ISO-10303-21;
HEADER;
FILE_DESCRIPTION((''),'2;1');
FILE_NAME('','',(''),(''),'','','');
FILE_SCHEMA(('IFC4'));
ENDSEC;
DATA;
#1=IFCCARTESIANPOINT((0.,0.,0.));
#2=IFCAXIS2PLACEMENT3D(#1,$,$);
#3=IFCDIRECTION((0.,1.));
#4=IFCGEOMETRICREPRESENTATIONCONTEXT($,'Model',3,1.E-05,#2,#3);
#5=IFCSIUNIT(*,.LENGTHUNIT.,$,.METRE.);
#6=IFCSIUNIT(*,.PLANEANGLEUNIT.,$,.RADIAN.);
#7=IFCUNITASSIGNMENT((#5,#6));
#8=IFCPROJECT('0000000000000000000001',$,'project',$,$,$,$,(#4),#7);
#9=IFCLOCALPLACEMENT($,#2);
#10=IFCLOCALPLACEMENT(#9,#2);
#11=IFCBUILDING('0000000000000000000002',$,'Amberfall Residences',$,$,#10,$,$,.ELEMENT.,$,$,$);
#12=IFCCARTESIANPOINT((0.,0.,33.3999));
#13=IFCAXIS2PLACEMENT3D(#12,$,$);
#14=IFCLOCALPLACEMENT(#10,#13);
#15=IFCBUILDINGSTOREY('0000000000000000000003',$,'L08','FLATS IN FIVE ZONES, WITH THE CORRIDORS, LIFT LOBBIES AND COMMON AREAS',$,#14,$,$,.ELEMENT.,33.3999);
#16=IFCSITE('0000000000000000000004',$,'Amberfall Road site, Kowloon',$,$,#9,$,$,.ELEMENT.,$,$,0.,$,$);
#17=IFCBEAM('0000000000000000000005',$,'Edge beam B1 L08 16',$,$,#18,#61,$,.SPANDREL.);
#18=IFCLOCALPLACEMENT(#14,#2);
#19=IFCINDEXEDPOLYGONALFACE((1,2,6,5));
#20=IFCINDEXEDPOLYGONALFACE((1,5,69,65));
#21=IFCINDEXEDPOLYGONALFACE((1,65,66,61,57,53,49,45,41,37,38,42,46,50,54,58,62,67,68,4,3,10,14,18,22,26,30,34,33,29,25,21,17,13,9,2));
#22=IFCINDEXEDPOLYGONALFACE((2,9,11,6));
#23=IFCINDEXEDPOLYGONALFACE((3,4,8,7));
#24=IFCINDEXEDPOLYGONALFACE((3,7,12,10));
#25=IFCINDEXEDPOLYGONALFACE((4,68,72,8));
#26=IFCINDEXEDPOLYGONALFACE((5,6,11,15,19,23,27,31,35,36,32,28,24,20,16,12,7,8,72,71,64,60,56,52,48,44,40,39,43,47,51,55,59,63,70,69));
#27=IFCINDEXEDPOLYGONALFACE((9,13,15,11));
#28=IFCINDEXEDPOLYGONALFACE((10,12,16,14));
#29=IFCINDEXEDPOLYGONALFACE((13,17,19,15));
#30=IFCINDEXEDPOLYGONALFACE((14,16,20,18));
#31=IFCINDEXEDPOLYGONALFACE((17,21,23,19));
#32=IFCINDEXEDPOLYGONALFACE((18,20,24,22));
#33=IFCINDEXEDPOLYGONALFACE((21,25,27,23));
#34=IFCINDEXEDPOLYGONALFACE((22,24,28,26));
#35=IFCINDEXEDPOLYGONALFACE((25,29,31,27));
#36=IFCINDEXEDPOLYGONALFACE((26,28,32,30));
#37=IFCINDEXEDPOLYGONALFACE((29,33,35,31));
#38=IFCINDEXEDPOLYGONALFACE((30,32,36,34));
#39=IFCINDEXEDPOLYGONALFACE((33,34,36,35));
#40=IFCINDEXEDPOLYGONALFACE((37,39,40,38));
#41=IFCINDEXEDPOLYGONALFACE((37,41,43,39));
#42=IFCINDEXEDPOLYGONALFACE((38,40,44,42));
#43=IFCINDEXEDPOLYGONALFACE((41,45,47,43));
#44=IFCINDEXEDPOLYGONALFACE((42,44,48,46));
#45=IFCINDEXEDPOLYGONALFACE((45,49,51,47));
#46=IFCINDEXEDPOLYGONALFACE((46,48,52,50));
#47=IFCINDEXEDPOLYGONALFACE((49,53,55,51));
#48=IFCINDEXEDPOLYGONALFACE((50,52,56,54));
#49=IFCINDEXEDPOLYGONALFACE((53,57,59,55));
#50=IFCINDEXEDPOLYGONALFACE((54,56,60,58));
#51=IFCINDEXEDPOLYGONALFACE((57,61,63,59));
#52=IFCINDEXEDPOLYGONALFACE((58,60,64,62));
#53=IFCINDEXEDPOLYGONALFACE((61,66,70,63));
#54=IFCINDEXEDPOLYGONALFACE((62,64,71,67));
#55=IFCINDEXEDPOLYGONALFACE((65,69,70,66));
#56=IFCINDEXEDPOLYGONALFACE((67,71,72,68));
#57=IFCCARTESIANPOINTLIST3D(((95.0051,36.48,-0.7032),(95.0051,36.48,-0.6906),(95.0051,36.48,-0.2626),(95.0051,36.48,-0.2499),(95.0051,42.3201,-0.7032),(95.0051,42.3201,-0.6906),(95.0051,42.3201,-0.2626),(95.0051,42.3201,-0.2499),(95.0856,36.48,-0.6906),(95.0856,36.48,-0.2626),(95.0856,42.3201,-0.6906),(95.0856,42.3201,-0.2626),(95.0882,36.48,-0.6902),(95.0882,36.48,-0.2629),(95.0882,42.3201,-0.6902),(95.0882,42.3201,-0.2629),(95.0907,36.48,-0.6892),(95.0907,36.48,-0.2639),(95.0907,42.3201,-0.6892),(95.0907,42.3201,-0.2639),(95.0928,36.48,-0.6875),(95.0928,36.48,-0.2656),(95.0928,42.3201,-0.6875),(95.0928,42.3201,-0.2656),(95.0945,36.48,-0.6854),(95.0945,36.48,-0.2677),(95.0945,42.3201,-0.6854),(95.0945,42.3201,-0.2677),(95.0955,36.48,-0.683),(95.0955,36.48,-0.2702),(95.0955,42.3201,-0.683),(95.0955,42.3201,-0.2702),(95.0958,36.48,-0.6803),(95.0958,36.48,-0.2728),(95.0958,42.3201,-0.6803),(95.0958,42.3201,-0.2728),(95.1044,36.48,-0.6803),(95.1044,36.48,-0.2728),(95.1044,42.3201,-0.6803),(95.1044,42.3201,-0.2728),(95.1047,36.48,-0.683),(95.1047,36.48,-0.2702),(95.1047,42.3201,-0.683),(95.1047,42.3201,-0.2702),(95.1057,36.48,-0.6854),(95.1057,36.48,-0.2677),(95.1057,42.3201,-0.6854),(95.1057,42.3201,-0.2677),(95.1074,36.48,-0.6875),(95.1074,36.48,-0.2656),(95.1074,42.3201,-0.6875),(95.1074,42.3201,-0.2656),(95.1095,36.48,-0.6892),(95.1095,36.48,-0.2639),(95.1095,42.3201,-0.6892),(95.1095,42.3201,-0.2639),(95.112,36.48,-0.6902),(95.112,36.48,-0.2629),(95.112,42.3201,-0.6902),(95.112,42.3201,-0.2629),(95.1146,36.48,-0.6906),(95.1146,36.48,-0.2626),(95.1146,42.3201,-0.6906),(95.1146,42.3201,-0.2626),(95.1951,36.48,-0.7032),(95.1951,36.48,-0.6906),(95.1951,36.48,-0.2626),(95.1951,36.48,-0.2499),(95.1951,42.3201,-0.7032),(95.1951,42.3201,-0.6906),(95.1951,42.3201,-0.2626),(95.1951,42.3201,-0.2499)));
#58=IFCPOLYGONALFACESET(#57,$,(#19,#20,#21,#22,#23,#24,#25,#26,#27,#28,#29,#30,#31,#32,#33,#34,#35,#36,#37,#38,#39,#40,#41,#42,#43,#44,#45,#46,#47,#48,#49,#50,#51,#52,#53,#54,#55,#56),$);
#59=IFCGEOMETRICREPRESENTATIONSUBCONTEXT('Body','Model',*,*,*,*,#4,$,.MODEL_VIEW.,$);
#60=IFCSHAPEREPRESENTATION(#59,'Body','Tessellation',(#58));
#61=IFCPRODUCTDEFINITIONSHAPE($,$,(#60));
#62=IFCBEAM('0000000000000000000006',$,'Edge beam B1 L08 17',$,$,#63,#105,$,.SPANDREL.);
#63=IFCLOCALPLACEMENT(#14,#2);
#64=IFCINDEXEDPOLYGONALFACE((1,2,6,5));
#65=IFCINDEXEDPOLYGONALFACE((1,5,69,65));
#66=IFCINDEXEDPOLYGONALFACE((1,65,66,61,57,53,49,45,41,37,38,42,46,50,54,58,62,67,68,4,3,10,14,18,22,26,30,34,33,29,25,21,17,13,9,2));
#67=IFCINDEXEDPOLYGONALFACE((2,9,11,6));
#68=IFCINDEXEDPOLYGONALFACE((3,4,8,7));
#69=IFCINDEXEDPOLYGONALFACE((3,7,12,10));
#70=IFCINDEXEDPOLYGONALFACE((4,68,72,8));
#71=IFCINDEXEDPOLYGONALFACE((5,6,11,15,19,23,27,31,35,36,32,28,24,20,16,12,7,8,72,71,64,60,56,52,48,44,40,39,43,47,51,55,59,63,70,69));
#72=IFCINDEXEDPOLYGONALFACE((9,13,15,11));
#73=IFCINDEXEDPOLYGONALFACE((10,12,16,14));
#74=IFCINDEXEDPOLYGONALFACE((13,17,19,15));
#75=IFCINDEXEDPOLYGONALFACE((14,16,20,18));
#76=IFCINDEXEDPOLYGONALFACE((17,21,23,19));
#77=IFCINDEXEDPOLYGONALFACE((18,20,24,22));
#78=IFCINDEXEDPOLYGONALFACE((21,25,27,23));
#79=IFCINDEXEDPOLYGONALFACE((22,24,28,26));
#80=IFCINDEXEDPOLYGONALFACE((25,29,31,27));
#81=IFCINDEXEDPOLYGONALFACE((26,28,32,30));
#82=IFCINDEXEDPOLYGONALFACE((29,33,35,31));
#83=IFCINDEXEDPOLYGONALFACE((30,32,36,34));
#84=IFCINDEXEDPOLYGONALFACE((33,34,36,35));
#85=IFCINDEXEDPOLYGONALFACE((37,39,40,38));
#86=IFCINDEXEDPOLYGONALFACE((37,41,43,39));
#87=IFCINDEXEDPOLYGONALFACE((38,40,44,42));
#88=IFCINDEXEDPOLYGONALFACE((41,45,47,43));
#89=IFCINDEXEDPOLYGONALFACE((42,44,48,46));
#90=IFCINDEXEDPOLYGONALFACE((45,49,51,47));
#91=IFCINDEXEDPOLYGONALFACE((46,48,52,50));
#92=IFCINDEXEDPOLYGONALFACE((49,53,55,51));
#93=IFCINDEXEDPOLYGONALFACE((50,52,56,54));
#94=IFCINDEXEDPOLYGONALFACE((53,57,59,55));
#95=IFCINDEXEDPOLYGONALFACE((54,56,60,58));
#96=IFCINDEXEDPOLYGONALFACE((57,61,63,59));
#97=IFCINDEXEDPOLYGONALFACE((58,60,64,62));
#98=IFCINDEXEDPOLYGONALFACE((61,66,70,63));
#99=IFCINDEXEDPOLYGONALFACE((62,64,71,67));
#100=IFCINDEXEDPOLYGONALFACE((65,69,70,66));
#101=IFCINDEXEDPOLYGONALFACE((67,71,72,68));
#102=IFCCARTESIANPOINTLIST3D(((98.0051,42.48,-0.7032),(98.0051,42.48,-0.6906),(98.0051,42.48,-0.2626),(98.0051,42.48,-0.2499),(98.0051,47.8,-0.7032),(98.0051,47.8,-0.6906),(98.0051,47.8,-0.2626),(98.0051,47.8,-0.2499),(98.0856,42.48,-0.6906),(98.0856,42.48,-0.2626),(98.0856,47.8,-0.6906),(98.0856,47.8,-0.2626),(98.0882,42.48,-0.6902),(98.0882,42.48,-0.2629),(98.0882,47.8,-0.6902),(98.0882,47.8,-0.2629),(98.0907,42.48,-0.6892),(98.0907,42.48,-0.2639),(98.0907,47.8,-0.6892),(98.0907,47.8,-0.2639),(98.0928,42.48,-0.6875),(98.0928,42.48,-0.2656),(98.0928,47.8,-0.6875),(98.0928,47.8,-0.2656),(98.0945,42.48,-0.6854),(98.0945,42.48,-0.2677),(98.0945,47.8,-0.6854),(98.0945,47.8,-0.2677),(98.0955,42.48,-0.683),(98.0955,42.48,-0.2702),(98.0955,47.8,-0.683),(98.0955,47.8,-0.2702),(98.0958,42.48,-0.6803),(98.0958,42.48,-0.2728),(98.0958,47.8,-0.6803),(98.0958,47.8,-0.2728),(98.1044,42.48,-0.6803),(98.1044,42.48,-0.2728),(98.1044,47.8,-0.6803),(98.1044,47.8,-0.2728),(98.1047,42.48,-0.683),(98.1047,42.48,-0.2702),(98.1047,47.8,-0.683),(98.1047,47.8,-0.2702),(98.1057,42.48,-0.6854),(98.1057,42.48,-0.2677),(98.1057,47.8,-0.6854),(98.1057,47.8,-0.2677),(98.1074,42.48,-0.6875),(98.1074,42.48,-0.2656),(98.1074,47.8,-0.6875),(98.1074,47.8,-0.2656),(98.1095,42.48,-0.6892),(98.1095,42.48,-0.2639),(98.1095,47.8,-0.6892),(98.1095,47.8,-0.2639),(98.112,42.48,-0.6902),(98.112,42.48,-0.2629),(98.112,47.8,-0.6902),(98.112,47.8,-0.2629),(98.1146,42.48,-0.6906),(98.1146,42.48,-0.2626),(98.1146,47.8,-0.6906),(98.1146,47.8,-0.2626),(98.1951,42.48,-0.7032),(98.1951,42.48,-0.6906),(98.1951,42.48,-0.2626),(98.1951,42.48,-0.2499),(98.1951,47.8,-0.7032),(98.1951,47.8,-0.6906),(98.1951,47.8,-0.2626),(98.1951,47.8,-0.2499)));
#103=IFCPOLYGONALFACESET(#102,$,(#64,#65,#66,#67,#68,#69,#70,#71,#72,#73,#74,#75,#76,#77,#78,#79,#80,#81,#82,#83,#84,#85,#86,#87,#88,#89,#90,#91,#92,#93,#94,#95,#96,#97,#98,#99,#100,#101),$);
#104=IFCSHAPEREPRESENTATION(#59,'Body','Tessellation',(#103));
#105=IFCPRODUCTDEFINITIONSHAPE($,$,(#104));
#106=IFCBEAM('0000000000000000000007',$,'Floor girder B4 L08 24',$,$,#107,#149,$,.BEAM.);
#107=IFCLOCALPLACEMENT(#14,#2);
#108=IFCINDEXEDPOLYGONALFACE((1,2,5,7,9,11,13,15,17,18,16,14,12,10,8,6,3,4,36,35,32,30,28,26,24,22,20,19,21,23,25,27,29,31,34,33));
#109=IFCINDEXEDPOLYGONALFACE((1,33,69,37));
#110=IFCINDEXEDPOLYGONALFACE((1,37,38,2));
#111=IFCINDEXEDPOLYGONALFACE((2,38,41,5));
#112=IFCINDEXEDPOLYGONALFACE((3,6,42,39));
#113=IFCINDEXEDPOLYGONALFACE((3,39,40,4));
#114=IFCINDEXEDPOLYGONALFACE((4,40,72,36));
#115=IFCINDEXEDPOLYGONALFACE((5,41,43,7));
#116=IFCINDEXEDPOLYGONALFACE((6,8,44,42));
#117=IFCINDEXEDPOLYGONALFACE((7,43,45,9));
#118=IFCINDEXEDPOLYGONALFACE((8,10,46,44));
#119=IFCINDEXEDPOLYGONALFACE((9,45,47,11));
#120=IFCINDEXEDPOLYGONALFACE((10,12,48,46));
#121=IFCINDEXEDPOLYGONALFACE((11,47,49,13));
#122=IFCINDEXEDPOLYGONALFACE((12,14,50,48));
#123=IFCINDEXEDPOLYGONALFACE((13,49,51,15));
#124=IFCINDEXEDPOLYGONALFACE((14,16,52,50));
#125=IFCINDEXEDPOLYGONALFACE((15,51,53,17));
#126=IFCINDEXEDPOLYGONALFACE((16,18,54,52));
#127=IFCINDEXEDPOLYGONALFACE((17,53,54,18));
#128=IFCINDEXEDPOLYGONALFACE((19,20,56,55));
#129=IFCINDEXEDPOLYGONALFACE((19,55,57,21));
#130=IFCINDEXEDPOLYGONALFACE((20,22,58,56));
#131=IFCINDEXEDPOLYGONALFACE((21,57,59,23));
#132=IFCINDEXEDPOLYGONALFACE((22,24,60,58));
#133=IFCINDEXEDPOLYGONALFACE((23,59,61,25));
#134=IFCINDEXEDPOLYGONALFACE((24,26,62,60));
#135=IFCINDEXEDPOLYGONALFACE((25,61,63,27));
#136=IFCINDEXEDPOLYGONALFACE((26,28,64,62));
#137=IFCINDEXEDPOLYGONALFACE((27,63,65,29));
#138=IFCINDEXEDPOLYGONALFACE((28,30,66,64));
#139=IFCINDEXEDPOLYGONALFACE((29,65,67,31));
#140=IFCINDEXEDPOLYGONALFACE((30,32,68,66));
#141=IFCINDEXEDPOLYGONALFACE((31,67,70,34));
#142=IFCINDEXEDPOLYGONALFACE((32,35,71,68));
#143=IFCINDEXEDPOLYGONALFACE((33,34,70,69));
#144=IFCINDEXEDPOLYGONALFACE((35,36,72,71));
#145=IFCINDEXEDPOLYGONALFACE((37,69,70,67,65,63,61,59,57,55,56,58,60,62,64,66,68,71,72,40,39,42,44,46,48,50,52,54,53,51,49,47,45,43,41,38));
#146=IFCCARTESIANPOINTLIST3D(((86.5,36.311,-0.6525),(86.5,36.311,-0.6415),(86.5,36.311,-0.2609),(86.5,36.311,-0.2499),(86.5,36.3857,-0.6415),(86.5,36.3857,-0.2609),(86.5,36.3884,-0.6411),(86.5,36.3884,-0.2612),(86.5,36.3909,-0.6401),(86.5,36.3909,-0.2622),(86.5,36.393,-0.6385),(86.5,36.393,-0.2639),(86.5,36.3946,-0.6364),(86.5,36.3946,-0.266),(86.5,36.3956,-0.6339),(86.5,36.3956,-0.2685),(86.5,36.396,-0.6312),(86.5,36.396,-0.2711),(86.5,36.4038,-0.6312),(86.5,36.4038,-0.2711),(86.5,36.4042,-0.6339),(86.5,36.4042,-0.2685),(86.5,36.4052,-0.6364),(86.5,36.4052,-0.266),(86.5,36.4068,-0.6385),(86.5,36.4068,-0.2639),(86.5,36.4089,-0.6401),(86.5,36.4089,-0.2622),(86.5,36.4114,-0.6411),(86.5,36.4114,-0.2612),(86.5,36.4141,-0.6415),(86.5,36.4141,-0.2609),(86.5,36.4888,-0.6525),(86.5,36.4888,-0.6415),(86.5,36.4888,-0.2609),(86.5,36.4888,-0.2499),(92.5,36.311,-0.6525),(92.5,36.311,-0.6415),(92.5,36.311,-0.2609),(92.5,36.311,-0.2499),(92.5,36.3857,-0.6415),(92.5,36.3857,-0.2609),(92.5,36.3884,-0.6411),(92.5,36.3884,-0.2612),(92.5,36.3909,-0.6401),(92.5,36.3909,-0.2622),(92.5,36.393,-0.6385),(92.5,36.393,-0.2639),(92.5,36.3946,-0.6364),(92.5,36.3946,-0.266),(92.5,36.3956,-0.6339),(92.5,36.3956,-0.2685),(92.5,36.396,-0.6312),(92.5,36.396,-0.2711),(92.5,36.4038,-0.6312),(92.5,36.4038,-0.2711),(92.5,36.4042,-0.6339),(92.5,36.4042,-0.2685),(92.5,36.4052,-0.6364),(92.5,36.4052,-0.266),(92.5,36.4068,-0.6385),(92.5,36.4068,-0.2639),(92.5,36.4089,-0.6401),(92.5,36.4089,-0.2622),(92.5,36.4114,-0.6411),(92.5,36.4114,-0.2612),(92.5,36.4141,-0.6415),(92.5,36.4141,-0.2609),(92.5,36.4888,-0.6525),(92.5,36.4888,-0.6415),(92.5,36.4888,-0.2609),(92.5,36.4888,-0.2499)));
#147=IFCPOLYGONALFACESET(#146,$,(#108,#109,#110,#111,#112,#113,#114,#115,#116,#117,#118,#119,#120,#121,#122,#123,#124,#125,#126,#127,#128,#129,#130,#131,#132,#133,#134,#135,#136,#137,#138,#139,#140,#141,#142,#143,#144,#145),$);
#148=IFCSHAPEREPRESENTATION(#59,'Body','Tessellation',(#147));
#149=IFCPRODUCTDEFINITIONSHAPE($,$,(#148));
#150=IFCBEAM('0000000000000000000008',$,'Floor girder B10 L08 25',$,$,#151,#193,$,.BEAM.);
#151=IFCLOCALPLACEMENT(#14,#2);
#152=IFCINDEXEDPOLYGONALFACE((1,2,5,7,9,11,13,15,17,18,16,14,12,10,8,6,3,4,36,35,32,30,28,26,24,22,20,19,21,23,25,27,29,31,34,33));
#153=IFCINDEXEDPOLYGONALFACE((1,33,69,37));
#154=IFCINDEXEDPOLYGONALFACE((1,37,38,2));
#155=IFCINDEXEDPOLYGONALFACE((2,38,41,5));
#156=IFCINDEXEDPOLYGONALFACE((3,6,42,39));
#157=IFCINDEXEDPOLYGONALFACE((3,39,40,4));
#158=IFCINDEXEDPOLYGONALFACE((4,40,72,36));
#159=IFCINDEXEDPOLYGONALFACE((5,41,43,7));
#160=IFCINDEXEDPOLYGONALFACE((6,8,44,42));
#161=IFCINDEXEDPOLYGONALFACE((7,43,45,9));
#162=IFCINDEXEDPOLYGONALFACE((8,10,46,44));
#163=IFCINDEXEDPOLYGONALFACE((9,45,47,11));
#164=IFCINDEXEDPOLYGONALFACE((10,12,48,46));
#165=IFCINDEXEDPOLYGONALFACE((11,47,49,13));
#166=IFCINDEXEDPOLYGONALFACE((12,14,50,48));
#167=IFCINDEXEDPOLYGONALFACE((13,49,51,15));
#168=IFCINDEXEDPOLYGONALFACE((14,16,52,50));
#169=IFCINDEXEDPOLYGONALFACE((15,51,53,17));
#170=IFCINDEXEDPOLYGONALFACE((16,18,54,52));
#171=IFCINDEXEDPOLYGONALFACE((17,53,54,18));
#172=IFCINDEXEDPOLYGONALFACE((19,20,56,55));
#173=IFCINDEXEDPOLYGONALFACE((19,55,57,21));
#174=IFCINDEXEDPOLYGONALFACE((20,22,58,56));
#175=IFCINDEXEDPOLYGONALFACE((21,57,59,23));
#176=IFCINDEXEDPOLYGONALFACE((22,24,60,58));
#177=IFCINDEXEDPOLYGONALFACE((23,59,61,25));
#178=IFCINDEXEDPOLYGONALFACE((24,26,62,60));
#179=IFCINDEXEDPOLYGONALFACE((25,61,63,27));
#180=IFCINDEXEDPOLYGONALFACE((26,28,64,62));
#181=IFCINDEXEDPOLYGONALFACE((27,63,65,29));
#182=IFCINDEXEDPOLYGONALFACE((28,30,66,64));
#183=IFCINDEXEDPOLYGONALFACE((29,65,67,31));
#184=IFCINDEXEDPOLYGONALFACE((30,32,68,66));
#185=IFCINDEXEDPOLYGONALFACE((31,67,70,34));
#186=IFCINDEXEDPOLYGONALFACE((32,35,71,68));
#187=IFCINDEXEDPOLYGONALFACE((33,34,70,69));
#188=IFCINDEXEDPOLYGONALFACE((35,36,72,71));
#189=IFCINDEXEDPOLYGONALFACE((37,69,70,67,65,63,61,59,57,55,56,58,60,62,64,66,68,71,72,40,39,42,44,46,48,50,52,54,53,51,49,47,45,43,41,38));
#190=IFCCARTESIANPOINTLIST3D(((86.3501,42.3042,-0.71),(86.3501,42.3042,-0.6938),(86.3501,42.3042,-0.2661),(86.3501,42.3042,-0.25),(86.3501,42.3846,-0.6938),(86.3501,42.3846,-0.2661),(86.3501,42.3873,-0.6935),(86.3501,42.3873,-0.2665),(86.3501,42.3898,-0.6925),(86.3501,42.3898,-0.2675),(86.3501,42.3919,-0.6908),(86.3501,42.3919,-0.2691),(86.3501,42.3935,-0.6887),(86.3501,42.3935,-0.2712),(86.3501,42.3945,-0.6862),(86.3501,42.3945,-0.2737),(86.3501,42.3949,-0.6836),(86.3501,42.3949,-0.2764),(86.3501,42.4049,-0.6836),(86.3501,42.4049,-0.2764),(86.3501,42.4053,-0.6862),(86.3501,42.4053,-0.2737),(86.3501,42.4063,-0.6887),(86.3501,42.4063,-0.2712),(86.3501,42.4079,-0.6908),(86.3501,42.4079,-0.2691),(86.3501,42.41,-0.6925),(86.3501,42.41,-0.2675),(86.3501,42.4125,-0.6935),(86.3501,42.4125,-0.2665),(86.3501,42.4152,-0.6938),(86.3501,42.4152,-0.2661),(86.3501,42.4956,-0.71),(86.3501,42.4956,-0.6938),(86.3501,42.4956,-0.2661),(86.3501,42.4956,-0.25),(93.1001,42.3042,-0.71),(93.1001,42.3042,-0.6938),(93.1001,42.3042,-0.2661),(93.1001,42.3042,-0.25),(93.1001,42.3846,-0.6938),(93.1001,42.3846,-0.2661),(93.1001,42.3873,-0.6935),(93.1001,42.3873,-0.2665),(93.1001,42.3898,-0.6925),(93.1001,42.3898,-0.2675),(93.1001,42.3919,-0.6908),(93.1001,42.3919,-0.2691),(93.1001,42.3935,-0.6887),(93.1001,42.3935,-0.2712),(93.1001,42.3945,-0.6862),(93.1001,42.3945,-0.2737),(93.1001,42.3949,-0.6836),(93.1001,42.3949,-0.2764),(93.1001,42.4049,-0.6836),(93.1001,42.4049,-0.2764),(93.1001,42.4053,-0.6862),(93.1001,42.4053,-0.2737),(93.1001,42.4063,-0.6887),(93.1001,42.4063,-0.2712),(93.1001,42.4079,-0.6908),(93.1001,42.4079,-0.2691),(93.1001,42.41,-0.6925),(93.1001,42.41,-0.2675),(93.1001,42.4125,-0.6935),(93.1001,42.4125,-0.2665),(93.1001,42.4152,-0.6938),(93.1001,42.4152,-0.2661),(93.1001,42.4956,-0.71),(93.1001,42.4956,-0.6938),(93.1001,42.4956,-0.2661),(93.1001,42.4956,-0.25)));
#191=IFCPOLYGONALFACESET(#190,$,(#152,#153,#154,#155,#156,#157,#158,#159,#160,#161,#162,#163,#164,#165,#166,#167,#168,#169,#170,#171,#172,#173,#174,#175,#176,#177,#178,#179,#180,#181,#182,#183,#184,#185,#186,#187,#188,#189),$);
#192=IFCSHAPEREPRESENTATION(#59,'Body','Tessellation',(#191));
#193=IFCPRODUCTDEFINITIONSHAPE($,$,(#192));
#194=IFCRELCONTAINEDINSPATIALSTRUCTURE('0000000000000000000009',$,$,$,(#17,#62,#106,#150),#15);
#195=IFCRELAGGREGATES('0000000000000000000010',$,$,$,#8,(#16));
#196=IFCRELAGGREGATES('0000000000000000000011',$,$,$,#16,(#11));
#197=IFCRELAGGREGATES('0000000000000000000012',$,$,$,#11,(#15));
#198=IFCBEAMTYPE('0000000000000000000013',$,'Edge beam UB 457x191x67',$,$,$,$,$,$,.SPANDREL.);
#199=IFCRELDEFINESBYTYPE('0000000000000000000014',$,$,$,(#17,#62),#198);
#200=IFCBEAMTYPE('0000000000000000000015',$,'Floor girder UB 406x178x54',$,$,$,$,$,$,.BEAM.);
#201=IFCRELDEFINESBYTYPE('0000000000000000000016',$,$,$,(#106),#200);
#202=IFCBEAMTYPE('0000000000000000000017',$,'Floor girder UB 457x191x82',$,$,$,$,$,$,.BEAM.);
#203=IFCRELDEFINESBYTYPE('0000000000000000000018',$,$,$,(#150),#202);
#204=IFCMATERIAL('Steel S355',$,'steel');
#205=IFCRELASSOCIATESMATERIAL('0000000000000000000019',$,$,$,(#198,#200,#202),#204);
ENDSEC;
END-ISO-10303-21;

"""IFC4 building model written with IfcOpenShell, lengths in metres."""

from ifc_helpers import new_model, si_unit, direction, frame, origin, origin_2d, place, context, subcontext, project, spatial, i_section, extrude, material, material_profile, profile_set, type_object, element, save


model = new_model("IFC4")

# Units and contexts
model_context = context("Model", 3, precision=1e-05, world=origin(), true_north=direction((0.0, 1.0)))
body_context = subcontext(model_context, "Body", "Model", "MODEL_VIEW")
ifc_project = project(units=[si_unit("LENGTHUNIT", "METRE"), si_unit("PLANEANGLEUNIT", "RADIAN")], contexts=[model_context])

# Site, building, storey
site_placement = place(None, origin())
site = spatial("IfcSite", under=ifc_project, at=site_placement, Name="Amberfall Road site, Kowloon", CompositionType="ELEMENT", RefElevation=0.0)
building_placement = place(site_placement, origin())
building = spatial("IfcBuilding", under=site, at=building_placement, Name="Amberfall Residences", CompositionType="ELEMENT")
storey_placement = place(building_placement, frame((0.0, 0.0, 33.3999)))
storey = spatial("IfcBuildingStorey", under=building, at=storey_placement, Name="L08", Description="FLATS IN FIVE ZONES, WITH THE CORRIDORS, LIFT LOBBIES AND COMMON AREAS", CompositionType="ELEMENT", Elevation=33.3999)

# Beams
ifc_material_1 = material(Name="Steel S355", Category="steel")
ifc_material_profile_1 = material_profile(ifc_material_1, i_section(OverallWidth=0.1899, OverallDepth=0.4534, WebThickness=0.0085, FlangeThickness=0.0127, FilletRadius=0.0103, at=origin_2d()), Name="UB 457x191x67")
ifc_profile_set_1 = profile_set([ifc_material_profile_1], Name="Steel S355")
beam_type_1 = type_object("IfcBeamType", Name="Edge beam UB 457x191x67", PredefinedType="SPANDREL", material=ifc_profile_set_1)
beam_1_placement = place(storey_placement, frame((95.1001, 36.48, -0.4766), z_axis=(0.0, 1.0, 0.0), x_axis=(-1.0, 0.0, 0.0)))
element("IfcBeam", 1, at=beam_1_placement, inside=storey, type_object=beam_type_1, Name="Edge beam B1 L08 16", PredefinedType="SPANDREL", context=body_context, shape_type="SweptSolid", body=[
    extrude(i_section(OverallWidth=0.1899, OverallDepth=0.4534, WebThickness=0.0085, FlangeThickness=0.0127, FilletRadius=0.0103, at=origin_2d()), origin(), (0.0, 0.0, 1.0), 5.8401),
])
beam_2_placement = place(storey_placement, frame((98.1001, 42.48, -0.4766), z_axis=(0.0, 1.0, 0.0), x_axis=(-1.0, 0.0, 0.0)))
element("IfcBeam", 2, at=beam_2_placement, inside=storey, type_object=beam_type_1, Name="Edge beam B1 L08 17", PredefinedType="SPANDREL", context=body_context, shape_type="SweptSolid", body=[
    extrude(i_section(OverallWidth=0.1899, OverallDepth=0.4534, WebThickness=0.0085, FlangeThickness=0.0127, FilletRadius=0.0103, at=origin_2d()), origin(), (0.0, 0.0, 1.0), 5.3201),
])
ifc_material_profile_2 = material_profile(ifc_material_1, i_section(OverallWidth=0.1777, OverallDepth=0.4026, WebThickness=0.0078, FlangeThickness=0.011, FilletRadius=0.0103, at=origin_2d()), Name="UB 406x178x54")
ifc_profile_set_2 = profile_set([ifc_material_profile_2], Name="Steel S355")
beam_type_2 = type_object("IfcBeamType", Name="Floor girder UB 406x178x54", PredefinedType="BEAM", material=ifc_profile_set_2)
beam_3_placement = place(storey_placement, frame((92.5, 36.3999, -0.4512), z_axis=(-1.0, 0.0, 0.0), x_axis=(0.0, -1.0, 0.0)))
element("IfcBeam", 3, at=beam_3_placement, inside=storey, type_object=beam_type_2, Name="Floor girder B4 L08 24", PredefinedType="BEAM", context=body_context, shape_type="SweptSolid", body=[
    extrude(i_section(OverallWidth=0.1777, OverallDepth=0.4026, WebThickness=0.0078, FlangeThickness=0.011, FilletRadius=0.0103, at=origin_2d()), origin(), (0.0, 0.0, 1.0), 6.0),
])
ifc_material_profile_3 = material_profile(ifc_material_1, i_section(OverallWidth=0.1914, OverallDepth=0.46, WebThickness=0.01, FlangeThickness=0.0161, FilletRadius=0.0103, at=origin_2d()), Name="UB 457x191x82")
ifc_profile_set_3 = profile_set([ifc_material_profile_3], Name="Steel S355")
beam_type_3 = type_object("IfcBeamType", Name="Floor girder UB 457x191x82", PredefinedType="BEAM", material=ifc_profile_set_3)
beam_4_placement = place(storey_placement, frame((93.1001, 42.3999, -0.48), z_axis=(-1.0, 0.0, 0.0), x_axis=(0.0, -1.0, 0.0)))
element("IfcBeam", 4, at=beam_4_placement, inside=storey, type_object=beam_type_3, Name="Floor girder B10 L08 25", PredefinedType="BEAM", context=body_context, shape_type="SweptSolid", body=[
    extrude(i_section(OverallWidth=0.1914, OverallDepth=0.46, WebThickness=0.01, FlangeThickness=0.0161, FilletRadius=0.0103, at=origin_2d()), origin(), (0.0, 0.0, 1.0), 6.75),
])

save(model, "model.ifc")
